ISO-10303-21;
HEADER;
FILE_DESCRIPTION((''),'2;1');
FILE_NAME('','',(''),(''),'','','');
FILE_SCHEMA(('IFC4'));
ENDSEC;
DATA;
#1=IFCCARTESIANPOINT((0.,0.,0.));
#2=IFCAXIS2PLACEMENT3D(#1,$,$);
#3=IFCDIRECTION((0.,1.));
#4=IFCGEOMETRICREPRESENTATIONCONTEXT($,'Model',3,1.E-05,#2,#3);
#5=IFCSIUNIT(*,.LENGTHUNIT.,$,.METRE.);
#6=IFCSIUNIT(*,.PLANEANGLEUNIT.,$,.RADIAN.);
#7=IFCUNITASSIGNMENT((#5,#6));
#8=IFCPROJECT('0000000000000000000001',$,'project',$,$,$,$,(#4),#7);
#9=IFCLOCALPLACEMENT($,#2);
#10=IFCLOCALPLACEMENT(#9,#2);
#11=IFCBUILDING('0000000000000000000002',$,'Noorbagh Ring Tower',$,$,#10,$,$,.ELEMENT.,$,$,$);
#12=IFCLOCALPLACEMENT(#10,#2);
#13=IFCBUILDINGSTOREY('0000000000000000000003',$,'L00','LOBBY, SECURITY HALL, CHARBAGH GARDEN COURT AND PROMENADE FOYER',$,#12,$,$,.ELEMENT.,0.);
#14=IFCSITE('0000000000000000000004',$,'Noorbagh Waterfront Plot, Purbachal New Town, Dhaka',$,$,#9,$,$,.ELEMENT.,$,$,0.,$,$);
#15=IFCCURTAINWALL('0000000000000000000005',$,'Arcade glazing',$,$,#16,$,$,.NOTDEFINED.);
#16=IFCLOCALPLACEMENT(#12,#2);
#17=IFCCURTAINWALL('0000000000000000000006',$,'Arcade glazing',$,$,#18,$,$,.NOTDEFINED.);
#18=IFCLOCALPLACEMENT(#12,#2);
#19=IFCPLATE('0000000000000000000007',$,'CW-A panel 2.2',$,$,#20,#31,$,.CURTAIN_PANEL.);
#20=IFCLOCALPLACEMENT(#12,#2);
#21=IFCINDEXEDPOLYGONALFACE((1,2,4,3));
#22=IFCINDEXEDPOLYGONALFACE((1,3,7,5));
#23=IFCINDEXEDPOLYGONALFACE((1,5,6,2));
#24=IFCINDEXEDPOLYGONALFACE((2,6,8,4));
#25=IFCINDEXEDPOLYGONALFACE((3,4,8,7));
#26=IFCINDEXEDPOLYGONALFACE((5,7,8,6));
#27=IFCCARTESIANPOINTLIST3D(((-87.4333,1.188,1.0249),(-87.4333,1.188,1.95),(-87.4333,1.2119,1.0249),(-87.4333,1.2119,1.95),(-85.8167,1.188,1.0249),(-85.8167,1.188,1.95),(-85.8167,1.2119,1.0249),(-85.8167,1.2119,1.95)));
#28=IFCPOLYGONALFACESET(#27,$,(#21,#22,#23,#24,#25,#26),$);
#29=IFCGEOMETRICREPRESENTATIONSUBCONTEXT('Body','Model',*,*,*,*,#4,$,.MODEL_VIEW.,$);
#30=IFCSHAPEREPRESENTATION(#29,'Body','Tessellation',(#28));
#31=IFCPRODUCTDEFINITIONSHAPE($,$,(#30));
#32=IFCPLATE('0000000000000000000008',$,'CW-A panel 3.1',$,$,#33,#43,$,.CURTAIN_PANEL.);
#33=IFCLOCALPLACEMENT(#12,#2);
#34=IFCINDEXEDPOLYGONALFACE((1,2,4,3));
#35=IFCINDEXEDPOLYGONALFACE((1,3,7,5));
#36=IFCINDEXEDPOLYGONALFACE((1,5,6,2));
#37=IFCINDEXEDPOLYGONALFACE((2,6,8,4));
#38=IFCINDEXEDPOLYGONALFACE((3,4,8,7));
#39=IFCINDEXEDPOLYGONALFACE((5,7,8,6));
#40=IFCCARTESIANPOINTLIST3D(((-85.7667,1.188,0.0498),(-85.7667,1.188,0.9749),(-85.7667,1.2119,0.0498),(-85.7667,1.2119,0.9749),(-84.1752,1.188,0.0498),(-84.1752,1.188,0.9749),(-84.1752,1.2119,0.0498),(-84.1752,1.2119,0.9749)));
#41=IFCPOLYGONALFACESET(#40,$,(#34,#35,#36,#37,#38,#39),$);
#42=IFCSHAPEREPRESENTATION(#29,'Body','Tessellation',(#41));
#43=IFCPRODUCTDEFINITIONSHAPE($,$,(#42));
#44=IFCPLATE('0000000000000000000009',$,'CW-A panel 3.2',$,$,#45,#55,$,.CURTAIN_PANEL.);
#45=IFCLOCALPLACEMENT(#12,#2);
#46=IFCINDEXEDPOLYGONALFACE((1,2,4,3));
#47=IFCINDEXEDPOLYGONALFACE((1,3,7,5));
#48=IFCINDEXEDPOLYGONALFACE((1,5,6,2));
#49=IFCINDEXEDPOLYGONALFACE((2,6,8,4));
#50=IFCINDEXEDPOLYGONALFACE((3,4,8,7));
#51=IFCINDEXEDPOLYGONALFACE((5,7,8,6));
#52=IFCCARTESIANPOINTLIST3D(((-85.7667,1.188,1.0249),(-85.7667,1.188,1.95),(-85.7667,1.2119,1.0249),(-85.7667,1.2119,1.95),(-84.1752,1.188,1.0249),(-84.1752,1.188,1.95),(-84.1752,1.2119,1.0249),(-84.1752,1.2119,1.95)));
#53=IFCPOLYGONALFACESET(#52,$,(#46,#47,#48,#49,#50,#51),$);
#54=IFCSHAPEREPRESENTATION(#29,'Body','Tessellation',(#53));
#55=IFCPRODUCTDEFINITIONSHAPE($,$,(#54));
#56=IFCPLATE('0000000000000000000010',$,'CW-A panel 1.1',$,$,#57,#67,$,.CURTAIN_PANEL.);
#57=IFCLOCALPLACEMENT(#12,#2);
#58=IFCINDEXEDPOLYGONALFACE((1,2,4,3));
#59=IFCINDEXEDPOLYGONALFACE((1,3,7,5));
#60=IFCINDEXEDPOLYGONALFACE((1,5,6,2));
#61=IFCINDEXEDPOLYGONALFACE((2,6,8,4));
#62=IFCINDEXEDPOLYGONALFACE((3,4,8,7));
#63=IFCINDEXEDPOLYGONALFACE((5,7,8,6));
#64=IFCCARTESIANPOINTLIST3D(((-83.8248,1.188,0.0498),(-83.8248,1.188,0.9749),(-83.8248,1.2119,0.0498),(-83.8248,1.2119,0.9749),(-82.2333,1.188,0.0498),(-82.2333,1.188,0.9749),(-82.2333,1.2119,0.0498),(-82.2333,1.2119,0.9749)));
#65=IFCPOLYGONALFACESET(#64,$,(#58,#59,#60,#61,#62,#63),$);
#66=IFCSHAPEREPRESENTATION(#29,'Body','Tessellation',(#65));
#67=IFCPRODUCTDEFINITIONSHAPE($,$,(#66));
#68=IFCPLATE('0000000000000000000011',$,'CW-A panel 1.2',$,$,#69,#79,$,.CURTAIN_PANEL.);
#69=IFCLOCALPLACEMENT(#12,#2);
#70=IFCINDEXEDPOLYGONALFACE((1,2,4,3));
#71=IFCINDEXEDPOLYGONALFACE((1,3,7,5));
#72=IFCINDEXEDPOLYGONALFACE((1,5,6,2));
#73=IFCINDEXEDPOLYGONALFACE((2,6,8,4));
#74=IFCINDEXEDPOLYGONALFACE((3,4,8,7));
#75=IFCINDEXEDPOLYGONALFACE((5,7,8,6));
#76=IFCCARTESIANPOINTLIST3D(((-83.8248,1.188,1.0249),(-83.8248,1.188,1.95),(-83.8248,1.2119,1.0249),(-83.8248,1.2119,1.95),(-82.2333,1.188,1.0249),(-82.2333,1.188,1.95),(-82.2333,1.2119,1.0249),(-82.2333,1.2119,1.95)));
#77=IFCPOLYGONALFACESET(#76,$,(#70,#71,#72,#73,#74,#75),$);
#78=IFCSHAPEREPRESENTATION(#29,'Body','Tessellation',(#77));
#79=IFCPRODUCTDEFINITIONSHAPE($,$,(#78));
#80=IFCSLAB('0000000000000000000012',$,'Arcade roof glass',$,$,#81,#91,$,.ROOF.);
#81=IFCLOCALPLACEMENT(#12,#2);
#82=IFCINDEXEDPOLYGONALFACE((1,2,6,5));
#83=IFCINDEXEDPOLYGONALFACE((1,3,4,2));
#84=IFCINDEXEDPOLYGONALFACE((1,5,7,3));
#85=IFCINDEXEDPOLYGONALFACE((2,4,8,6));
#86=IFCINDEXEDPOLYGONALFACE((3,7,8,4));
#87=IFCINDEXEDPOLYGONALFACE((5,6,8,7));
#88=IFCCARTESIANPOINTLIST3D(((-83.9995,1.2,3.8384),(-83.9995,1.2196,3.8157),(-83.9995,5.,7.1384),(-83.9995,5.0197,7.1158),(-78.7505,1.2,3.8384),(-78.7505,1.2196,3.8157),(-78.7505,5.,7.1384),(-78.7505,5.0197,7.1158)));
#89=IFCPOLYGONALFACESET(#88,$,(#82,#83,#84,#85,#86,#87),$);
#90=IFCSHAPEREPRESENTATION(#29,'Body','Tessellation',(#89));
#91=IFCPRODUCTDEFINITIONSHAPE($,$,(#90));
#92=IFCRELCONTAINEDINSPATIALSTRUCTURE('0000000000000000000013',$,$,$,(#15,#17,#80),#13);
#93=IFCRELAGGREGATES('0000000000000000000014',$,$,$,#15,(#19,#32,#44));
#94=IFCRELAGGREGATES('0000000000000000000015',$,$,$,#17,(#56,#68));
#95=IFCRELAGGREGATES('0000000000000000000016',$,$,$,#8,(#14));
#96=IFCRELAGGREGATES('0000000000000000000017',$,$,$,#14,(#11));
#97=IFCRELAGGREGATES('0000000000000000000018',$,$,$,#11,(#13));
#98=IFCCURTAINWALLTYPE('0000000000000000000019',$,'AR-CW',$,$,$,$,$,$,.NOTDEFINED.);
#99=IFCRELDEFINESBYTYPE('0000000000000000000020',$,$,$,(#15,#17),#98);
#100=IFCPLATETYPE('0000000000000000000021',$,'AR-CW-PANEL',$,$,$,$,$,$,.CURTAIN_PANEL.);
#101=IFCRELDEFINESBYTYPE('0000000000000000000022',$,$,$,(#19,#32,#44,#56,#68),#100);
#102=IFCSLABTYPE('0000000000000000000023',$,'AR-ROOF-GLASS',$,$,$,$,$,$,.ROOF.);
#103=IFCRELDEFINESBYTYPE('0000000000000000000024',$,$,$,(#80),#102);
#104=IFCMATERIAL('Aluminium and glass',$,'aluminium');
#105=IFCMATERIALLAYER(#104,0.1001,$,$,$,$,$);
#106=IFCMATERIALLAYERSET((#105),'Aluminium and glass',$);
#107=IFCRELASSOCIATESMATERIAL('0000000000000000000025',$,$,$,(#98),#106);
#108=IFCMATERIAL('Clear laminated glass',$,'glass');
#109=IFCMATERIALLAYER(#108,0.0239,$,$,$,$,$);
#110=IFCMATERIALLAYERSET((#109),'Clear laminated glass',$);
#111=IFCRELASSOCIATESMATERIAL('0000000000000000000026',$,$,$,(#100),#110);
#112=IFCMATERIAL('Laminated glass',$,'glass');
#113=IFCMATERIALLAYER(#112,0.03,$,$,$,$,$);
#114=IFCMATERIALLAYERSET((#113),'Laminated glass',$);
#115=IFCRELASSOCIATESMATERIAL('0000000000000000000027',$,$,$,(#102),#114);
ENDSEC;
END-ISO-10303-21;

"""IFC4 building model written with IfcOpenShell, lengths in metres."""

from ifc_helpers import new_model, si_unit, direction, frame, origin, origin_2d, place, context, subcontext, project, spatial, polyline, rectangle, outline, extrude, material, layer, layer_set, type_object, element, aggregate, save


model = new_model("IFC4")

# Units and contexts
model_context = context("Model", 3, precision=1e-05, world=origin(), true_north=direction((0.0, 1.0)))
body_context = subcontext(model_context, "Body", "Model", "MODEL_VIEW")
ifc_project = project(units=[si_unit("LENGTHUNIT", "METRE"), si_unit("PLANEANGLEUNIT", "RADIAN")], contexts=[model_context])

# Site, building, storey
site_placement = place(None, origin())
site = spatial("IfcSite", under=ifc_project, at=site_placement, Name="Noorbagh Waterfront Plot, Purbachal New Town, Dhaka", CompositionType="ELEMENT", RefElevation=0.0)
building_placement = place(site_placement, origin())
building = spatial("IfcBuilding", under=site, at=building_placement, Name="Noorbagh Ring Tower", CompositionType="ELEMENT")
storey_placement = place(building_placement, origin())
storey = spatial("IfcBuildingStorey", under=building, at=storey_placement, Name="L00", Description="LOBBY, SECURITY HALL, CHARBAGH GARDEN COURT AND PROMENADE FOYER", CompositionType="ELEMENT", Elevation=0.0)

# Curtain walls
ifc_material_1 = material(Name="Aluminium and glass", Category="aluminium")
ifc_layer_1 = layer(ifc_material_1, 0.1001)
ifc_layer_set_1 = layer_set([ifc_layer_1], Name="Aluminium and glass")
curtain_wall_type = type_object("IfcCurtainWallType", Name="AR-CW", PredefinedType="NOTDEFINED", material=ifc_layer_set_1)
curtain_wall_1_placement = place(storey_placement, origin())
curtain_wall_1 = element("IfcCurtainWall", 1, at=curtain_wall_1_placement, inside=storey, type_object=curtain_wall_type, Name="Arcade glazing", PredefinedType="NOTDEFINED")
curtain_wall_2_placement = place(storey_placement, origin())
curtain_wall_2 = element("IfcCurtainWall", 2, at=curtain_wall_2_placement, inside=storey, type_object=curtain_wall_type, Name="Arcade glazing", PredefinedType="NOTDEFINED")

# Plates
ifc_material_2 = material(Name="Clear laminated glass", Category="glass")
ifc_layer_2 = layer(ifc_material_2, 0.0239)
ifc_layer_set_2 = layer_set([ifc_layer_2], Name="Clear laminated glass")
plate_type = type_object("IfcPlateType", Name="AR-CW-PANEL", PredefinedType="CURTAIN_PANEL", material=ifc_layer_set_2)
plate_1_placement = place(storey_placement, frame((-86.625, 1.2, 1.0249), z_axis=(0.0, 0.0, 1.0), x_axis=(1.0, 0.0, 0.0)))
plate_1 = element("IfcPlate", 3, at=plate_1_placement, type_object=plate_type, Name="CW-A panel 2.2", PredefinedType="CURTAIN_PANEL", context=body_context, shape_type="SweptSolid", body=[
    extrude(rectangle(XDim=1.6167, YDim=0.0239, at=origin_2d()), origin(), (0.0, 0.0, 1.0), 0.925),
])
plate_2_placement = place(storey_placement, frame((-84.9709, 1.2, 0.0498), z_axis=(0.0, 0.0, 1.0), x_axis=(1.0, 0.0, 0.0)))
plate_2 = element("IfcPlate", 4, at=plate_2_placement, type_object=plate_type, Name="CW-A panel 3.1", PredefinedType="CURTAIN_PANEL", context=body_context, shape_type="SweptSolid", body=[
    extrude(rectangle(XDim=1.5916, YDim=0.0239, at=origin_2d()), origin(), (0.0, 0.0, 1.0), 0.925),
])
plate_3_placement = place(storey_placement, frame((-84.9709, 1.2, 1.0249), z_axis=(0.0, 0.0, 1.0), x_axis=(1.0, 0.0, 0.0)))
plate_3 = element("IfcPlate", 5, at=plate_3_placement, type_object=plate_type, Name="CW-A panel 3.2", PredefinedType="CURTAIN_PANEL", context=body_context, shape_type="SweptSolid", body=[
    extrude(rectangle(XDim=1.5916, YDim=0.0239, at=origin_2d()), origin(), (0.0, 0.0, 1.0), 0.925),
])
aggregate(curtain_wall_1, [plate_1, plate_2, plate_3])
plate_4_placement = place(storey_placement, frame((-83.0291, 1.2, 0.0498), z_axis=(0.0, 0.0, 1.0), x_axis=(1.0, 0.0, 0.0)))
plate_4 = element("IfcPlate", 6, at=plate_4_placement, type_object=plate_type, Name="CW-A panel 1.1", PredefinedType="CURTAIN_PANEL", context=body_context, shape_type="SweptSolid", body=[
    extrude(rectangle(XDim=1.5916, YDim=0.0239, at=origin_2d()), origin(), (0.0, 0.0, 1.0), 0.925),
])
plate_5_placement = place(storey_placement, frame((-83.0291, 1.2, 1.0249), z_axis=(0.0, 0.0, 1.0), x_axis=(1.0, 0.0, 0.0)))
plate_5 = element("IfcPlate", 7, at=plate_5_placement, type_object=plate_type, Name="CW-A panel 1.2", PredefinedType="CURTAIN_PANEL", context=body_context, shape_type="SweptSolid", body=[
    extrude(rectangle(XDim=1.5916, YDim=0.0239, at=origin_2d()), origin(), (0.0, 0.0, 1.0), 0.925),
])
aggregate(curtain_wall_2, [plate_4, plate_5])

# Slab
ifc_material_3 = material(Name="Laminated glass", Category="glass")
ifc_layer_3 = layer(ifc_material_3, 0.03)
ifc_layer_set_3 = layer_set([ifc_layer_3], Name="Laminated glass")
slab_type = type_object("IfcSlabType", Name="AR-ROOF-GLASS", PredefinedType="ROOF", material=ifc_layer_set_3)
slab_placement = place(storey_placement, frame((-83.9995, 1.2, 3.8384), z_axis=(0.0, -0.655687, 0.755032), x_axis=(1.0, 0.0, 0.0)))
element("IfcSlab", 8, at=slab_placement, inside=storey, type_object=slab_type, Name="Arcade roof glass", PredefinedType="ROOF", context=body_context, shape_type="SweptSolid", body=[
    extrude(outline(polyline([(0.0, 0.0), (5.249, 0.0), (5.249, 5.033), (0.0, 5.033), (0.0, 0.0)])), origin(), (0.0, 0.0, -1.0), 0.03),
])

save(model, "model.ifc")
